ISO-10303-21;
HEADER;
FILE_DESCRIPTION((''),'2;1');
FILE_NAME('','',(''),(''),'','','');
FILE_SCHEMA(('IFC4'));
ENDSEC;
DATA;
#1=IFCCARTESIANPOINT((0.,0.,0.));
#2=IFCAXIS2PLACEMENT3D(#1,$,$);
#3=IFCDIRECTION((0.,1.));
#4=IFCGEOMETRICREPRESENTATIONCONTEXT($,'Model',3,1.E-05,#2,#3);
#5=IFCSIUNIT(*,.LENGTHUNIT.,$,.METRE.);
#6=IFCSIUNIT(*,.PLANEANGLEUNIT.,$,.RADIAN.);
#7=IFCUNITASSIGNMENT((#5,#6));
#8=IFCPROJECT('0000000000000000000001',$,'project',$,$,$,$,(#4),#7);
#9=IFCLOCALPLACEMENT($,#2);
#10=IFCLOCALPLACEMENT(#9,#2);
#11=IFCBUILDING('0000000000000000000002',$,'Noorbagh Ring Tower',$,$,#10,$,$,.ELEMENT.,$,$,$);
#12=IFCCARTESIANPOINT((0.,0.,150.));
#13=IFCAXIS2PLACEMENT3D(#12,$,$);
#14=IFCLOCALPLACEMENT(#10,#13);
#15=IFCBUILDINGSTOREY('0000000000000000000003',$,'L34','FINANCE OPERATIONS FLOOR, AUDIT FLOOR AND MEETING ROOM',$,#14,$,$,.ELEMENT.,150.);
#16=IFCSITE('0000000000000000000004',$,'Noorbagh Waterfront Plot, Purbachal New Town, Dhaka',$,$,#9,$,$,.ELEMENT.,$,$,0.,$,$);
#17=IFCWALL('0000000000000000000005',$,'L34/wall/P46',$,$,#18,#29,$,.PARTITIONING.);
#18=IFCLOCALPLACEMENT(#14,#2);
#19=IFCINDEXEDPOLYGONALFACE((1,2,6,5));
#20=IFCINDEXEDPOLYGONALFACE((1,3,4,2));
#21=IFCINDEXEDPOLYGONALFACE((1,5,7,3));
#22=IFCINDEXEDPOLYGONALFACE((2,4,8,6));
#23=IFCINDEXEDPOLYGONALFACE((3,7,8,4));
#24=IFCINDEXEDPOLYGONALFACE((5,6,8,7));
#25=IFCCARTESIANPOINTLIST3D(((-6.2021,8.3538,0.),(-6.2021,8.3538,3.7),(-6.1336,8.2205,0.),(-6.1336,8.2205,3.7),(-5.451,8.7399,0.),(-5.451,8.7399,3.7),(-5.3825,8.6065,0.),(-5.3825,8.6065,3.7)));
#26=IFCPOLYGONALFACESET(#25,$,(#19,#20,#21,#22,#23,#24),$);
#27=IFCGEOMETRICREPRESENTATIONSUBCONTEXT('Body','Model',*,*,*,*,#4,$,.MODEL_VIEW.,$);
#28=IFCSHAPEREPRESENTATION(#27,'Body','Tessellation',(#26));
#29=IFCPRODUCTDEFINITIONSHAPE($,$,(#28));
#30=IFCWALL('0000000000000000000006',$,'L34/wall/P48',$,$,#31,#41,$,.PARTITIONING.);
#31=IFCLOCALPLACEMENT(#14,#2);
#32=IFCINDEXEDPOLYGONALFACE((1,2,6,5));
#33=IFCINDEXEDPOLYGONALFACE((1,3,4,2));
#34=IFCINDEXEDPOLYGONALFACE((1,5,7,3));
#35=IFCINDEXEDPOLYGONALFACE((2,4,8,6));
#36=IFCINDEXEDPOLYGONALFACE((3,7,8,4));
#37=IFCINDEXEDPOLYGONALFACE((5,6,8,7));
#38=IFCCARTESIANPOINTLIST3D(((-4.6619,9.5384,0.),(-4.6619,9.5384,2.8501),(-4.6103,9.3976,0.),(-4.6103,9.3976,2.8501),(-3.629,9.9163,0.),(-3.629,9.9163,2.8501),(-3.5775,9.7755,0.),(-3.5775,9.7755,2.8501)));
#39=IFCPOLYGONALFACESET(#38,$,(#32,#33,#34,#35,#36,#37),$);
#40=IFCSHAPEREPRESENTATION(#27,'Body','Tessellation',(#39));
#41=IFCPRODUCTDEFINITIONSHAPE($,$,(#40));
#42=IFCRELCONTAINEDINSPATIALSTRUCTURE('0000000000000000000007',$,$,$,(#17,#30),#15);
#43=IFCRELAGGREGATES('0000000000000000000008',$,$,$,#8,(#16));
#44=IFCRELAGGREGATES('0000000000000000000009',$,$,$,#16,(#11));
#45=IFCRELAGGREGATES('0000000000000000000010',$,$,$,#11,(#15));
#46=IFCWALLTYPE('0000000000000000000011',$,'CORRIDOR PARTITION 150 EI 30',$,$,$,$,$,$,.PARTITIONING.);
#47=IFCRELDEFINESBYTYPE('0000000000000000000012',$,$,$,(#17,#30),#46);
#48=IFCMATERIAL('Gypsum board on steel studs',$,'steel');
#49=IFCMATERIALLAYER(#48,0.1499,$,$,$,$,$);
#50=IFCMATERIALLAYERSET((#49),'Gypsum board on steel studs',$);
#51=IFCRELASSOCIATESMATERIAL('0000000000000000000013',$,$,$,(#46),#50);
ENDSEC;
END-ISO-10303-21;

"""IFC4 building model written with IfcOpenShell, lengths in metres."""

from ifc_helpers import new_model, si_unit, direction, frame, frame_2d, origin, place, context, subcontext, project, spatial, rectangle, extrude, material, layer, layer_set, type_object, element, save


model = new_model("IFC4")

# Units and contexts
model_context = context("Model", 3, precision=1e-05, world=origin(), true_north=direction((0.0, 1.0)))
body_context = subcontext(model_context, "Body", "Model", "MODEL_VIEW")
ifc_project = project(units=[si_unit("LENGTHUNIT", "METRE"), si_unit("PLANEANGLEUNIT", "RADIAN")], contexts=[model_context])

# Site, building, storey
site_placement = place(None, origin())
site = spatial("IfcSite", under=ifc_project, at=site_placement, Name="Noorbagh Waterfront Plot, Purbachal New Town, Dhaka", CompositionType="ELEMENT", RefElevation=0.0)
building_placement = place(site_placement, origin())
building = spatial("IfcBuilding", under=site, at=building_placement, Name="Noorbagh Ring Tower", CompositionType="ELEMENT")
storey_placement = place(building_placement, frame((0.0, 0.0, 150.0)))
storey = spatial("IfcBuildingStorey", under=building, at=storey_placement, Name="L34", Description="FINANCE OPERATIONS FLOOR, AUDIT FLOOR AND MEETING ROOM", CompositionType="ELEMENT", Elevation=150.0)

# Shared definitions
ifc_material_1 = material(Name="Gypsum board on steel studs", Category="steel")
ifc_layer_1 = layer(ifc_material_1, 0.1499)
ifc_layer_set_1 = layer_set([ifc_layer_1], Name="Gypsum board on steel studs")
wall_type_1 = type_object("IfcWallType", Name="CORRIDOR PARTITION 150 EI 30", PredefinedType="PARTITIONING", material=ifc_layer_set_1)

# Walls
wall_1_placement = place(storey_placement, frame((-6.168, 8.2871, 0.0), z_axis=(0.0, 0.0, 1.0), x_axis=(0.889399, 0.457132, 0.0)))
element("IfcWall", 1, at=wall_1_placement, inside=storey, type_object=wall_type_1, Name="L34/wall/P46", PredefinedType="PARTITIONING", context=body_context, shape_type="SweptSolid", body=[
    extrude(rectangle(XDim=0.8445, YDim=0.1499, at=frame_2d((0.4224, 0.0))), origin(), (0.0, 0.0, 1.0), 3.7),
])
wall_2_placement = place(storey_placement, frame((-4.636, 9.468, 0.0), z_axis=(0.0, 0.0, 1.0), x_axis=(0.939118, 0.343596, 0.0)))
element("IfcWall", 2, at=wall_2_placement, inside=storey, type_object=wall_type_1, Name="L34/wall/P48", PredefinedType="PARTITIONING", context=body_context, shape_type="SweptSolid", body=[
    extrude(rectangle(XDim=1.0999, YDim=0.1499, at=frame_2d((0.5498, 0.0))), origin(), (0.0, 0.0, 1.0), 2.8501),
])

save(model, "model.ifc")
